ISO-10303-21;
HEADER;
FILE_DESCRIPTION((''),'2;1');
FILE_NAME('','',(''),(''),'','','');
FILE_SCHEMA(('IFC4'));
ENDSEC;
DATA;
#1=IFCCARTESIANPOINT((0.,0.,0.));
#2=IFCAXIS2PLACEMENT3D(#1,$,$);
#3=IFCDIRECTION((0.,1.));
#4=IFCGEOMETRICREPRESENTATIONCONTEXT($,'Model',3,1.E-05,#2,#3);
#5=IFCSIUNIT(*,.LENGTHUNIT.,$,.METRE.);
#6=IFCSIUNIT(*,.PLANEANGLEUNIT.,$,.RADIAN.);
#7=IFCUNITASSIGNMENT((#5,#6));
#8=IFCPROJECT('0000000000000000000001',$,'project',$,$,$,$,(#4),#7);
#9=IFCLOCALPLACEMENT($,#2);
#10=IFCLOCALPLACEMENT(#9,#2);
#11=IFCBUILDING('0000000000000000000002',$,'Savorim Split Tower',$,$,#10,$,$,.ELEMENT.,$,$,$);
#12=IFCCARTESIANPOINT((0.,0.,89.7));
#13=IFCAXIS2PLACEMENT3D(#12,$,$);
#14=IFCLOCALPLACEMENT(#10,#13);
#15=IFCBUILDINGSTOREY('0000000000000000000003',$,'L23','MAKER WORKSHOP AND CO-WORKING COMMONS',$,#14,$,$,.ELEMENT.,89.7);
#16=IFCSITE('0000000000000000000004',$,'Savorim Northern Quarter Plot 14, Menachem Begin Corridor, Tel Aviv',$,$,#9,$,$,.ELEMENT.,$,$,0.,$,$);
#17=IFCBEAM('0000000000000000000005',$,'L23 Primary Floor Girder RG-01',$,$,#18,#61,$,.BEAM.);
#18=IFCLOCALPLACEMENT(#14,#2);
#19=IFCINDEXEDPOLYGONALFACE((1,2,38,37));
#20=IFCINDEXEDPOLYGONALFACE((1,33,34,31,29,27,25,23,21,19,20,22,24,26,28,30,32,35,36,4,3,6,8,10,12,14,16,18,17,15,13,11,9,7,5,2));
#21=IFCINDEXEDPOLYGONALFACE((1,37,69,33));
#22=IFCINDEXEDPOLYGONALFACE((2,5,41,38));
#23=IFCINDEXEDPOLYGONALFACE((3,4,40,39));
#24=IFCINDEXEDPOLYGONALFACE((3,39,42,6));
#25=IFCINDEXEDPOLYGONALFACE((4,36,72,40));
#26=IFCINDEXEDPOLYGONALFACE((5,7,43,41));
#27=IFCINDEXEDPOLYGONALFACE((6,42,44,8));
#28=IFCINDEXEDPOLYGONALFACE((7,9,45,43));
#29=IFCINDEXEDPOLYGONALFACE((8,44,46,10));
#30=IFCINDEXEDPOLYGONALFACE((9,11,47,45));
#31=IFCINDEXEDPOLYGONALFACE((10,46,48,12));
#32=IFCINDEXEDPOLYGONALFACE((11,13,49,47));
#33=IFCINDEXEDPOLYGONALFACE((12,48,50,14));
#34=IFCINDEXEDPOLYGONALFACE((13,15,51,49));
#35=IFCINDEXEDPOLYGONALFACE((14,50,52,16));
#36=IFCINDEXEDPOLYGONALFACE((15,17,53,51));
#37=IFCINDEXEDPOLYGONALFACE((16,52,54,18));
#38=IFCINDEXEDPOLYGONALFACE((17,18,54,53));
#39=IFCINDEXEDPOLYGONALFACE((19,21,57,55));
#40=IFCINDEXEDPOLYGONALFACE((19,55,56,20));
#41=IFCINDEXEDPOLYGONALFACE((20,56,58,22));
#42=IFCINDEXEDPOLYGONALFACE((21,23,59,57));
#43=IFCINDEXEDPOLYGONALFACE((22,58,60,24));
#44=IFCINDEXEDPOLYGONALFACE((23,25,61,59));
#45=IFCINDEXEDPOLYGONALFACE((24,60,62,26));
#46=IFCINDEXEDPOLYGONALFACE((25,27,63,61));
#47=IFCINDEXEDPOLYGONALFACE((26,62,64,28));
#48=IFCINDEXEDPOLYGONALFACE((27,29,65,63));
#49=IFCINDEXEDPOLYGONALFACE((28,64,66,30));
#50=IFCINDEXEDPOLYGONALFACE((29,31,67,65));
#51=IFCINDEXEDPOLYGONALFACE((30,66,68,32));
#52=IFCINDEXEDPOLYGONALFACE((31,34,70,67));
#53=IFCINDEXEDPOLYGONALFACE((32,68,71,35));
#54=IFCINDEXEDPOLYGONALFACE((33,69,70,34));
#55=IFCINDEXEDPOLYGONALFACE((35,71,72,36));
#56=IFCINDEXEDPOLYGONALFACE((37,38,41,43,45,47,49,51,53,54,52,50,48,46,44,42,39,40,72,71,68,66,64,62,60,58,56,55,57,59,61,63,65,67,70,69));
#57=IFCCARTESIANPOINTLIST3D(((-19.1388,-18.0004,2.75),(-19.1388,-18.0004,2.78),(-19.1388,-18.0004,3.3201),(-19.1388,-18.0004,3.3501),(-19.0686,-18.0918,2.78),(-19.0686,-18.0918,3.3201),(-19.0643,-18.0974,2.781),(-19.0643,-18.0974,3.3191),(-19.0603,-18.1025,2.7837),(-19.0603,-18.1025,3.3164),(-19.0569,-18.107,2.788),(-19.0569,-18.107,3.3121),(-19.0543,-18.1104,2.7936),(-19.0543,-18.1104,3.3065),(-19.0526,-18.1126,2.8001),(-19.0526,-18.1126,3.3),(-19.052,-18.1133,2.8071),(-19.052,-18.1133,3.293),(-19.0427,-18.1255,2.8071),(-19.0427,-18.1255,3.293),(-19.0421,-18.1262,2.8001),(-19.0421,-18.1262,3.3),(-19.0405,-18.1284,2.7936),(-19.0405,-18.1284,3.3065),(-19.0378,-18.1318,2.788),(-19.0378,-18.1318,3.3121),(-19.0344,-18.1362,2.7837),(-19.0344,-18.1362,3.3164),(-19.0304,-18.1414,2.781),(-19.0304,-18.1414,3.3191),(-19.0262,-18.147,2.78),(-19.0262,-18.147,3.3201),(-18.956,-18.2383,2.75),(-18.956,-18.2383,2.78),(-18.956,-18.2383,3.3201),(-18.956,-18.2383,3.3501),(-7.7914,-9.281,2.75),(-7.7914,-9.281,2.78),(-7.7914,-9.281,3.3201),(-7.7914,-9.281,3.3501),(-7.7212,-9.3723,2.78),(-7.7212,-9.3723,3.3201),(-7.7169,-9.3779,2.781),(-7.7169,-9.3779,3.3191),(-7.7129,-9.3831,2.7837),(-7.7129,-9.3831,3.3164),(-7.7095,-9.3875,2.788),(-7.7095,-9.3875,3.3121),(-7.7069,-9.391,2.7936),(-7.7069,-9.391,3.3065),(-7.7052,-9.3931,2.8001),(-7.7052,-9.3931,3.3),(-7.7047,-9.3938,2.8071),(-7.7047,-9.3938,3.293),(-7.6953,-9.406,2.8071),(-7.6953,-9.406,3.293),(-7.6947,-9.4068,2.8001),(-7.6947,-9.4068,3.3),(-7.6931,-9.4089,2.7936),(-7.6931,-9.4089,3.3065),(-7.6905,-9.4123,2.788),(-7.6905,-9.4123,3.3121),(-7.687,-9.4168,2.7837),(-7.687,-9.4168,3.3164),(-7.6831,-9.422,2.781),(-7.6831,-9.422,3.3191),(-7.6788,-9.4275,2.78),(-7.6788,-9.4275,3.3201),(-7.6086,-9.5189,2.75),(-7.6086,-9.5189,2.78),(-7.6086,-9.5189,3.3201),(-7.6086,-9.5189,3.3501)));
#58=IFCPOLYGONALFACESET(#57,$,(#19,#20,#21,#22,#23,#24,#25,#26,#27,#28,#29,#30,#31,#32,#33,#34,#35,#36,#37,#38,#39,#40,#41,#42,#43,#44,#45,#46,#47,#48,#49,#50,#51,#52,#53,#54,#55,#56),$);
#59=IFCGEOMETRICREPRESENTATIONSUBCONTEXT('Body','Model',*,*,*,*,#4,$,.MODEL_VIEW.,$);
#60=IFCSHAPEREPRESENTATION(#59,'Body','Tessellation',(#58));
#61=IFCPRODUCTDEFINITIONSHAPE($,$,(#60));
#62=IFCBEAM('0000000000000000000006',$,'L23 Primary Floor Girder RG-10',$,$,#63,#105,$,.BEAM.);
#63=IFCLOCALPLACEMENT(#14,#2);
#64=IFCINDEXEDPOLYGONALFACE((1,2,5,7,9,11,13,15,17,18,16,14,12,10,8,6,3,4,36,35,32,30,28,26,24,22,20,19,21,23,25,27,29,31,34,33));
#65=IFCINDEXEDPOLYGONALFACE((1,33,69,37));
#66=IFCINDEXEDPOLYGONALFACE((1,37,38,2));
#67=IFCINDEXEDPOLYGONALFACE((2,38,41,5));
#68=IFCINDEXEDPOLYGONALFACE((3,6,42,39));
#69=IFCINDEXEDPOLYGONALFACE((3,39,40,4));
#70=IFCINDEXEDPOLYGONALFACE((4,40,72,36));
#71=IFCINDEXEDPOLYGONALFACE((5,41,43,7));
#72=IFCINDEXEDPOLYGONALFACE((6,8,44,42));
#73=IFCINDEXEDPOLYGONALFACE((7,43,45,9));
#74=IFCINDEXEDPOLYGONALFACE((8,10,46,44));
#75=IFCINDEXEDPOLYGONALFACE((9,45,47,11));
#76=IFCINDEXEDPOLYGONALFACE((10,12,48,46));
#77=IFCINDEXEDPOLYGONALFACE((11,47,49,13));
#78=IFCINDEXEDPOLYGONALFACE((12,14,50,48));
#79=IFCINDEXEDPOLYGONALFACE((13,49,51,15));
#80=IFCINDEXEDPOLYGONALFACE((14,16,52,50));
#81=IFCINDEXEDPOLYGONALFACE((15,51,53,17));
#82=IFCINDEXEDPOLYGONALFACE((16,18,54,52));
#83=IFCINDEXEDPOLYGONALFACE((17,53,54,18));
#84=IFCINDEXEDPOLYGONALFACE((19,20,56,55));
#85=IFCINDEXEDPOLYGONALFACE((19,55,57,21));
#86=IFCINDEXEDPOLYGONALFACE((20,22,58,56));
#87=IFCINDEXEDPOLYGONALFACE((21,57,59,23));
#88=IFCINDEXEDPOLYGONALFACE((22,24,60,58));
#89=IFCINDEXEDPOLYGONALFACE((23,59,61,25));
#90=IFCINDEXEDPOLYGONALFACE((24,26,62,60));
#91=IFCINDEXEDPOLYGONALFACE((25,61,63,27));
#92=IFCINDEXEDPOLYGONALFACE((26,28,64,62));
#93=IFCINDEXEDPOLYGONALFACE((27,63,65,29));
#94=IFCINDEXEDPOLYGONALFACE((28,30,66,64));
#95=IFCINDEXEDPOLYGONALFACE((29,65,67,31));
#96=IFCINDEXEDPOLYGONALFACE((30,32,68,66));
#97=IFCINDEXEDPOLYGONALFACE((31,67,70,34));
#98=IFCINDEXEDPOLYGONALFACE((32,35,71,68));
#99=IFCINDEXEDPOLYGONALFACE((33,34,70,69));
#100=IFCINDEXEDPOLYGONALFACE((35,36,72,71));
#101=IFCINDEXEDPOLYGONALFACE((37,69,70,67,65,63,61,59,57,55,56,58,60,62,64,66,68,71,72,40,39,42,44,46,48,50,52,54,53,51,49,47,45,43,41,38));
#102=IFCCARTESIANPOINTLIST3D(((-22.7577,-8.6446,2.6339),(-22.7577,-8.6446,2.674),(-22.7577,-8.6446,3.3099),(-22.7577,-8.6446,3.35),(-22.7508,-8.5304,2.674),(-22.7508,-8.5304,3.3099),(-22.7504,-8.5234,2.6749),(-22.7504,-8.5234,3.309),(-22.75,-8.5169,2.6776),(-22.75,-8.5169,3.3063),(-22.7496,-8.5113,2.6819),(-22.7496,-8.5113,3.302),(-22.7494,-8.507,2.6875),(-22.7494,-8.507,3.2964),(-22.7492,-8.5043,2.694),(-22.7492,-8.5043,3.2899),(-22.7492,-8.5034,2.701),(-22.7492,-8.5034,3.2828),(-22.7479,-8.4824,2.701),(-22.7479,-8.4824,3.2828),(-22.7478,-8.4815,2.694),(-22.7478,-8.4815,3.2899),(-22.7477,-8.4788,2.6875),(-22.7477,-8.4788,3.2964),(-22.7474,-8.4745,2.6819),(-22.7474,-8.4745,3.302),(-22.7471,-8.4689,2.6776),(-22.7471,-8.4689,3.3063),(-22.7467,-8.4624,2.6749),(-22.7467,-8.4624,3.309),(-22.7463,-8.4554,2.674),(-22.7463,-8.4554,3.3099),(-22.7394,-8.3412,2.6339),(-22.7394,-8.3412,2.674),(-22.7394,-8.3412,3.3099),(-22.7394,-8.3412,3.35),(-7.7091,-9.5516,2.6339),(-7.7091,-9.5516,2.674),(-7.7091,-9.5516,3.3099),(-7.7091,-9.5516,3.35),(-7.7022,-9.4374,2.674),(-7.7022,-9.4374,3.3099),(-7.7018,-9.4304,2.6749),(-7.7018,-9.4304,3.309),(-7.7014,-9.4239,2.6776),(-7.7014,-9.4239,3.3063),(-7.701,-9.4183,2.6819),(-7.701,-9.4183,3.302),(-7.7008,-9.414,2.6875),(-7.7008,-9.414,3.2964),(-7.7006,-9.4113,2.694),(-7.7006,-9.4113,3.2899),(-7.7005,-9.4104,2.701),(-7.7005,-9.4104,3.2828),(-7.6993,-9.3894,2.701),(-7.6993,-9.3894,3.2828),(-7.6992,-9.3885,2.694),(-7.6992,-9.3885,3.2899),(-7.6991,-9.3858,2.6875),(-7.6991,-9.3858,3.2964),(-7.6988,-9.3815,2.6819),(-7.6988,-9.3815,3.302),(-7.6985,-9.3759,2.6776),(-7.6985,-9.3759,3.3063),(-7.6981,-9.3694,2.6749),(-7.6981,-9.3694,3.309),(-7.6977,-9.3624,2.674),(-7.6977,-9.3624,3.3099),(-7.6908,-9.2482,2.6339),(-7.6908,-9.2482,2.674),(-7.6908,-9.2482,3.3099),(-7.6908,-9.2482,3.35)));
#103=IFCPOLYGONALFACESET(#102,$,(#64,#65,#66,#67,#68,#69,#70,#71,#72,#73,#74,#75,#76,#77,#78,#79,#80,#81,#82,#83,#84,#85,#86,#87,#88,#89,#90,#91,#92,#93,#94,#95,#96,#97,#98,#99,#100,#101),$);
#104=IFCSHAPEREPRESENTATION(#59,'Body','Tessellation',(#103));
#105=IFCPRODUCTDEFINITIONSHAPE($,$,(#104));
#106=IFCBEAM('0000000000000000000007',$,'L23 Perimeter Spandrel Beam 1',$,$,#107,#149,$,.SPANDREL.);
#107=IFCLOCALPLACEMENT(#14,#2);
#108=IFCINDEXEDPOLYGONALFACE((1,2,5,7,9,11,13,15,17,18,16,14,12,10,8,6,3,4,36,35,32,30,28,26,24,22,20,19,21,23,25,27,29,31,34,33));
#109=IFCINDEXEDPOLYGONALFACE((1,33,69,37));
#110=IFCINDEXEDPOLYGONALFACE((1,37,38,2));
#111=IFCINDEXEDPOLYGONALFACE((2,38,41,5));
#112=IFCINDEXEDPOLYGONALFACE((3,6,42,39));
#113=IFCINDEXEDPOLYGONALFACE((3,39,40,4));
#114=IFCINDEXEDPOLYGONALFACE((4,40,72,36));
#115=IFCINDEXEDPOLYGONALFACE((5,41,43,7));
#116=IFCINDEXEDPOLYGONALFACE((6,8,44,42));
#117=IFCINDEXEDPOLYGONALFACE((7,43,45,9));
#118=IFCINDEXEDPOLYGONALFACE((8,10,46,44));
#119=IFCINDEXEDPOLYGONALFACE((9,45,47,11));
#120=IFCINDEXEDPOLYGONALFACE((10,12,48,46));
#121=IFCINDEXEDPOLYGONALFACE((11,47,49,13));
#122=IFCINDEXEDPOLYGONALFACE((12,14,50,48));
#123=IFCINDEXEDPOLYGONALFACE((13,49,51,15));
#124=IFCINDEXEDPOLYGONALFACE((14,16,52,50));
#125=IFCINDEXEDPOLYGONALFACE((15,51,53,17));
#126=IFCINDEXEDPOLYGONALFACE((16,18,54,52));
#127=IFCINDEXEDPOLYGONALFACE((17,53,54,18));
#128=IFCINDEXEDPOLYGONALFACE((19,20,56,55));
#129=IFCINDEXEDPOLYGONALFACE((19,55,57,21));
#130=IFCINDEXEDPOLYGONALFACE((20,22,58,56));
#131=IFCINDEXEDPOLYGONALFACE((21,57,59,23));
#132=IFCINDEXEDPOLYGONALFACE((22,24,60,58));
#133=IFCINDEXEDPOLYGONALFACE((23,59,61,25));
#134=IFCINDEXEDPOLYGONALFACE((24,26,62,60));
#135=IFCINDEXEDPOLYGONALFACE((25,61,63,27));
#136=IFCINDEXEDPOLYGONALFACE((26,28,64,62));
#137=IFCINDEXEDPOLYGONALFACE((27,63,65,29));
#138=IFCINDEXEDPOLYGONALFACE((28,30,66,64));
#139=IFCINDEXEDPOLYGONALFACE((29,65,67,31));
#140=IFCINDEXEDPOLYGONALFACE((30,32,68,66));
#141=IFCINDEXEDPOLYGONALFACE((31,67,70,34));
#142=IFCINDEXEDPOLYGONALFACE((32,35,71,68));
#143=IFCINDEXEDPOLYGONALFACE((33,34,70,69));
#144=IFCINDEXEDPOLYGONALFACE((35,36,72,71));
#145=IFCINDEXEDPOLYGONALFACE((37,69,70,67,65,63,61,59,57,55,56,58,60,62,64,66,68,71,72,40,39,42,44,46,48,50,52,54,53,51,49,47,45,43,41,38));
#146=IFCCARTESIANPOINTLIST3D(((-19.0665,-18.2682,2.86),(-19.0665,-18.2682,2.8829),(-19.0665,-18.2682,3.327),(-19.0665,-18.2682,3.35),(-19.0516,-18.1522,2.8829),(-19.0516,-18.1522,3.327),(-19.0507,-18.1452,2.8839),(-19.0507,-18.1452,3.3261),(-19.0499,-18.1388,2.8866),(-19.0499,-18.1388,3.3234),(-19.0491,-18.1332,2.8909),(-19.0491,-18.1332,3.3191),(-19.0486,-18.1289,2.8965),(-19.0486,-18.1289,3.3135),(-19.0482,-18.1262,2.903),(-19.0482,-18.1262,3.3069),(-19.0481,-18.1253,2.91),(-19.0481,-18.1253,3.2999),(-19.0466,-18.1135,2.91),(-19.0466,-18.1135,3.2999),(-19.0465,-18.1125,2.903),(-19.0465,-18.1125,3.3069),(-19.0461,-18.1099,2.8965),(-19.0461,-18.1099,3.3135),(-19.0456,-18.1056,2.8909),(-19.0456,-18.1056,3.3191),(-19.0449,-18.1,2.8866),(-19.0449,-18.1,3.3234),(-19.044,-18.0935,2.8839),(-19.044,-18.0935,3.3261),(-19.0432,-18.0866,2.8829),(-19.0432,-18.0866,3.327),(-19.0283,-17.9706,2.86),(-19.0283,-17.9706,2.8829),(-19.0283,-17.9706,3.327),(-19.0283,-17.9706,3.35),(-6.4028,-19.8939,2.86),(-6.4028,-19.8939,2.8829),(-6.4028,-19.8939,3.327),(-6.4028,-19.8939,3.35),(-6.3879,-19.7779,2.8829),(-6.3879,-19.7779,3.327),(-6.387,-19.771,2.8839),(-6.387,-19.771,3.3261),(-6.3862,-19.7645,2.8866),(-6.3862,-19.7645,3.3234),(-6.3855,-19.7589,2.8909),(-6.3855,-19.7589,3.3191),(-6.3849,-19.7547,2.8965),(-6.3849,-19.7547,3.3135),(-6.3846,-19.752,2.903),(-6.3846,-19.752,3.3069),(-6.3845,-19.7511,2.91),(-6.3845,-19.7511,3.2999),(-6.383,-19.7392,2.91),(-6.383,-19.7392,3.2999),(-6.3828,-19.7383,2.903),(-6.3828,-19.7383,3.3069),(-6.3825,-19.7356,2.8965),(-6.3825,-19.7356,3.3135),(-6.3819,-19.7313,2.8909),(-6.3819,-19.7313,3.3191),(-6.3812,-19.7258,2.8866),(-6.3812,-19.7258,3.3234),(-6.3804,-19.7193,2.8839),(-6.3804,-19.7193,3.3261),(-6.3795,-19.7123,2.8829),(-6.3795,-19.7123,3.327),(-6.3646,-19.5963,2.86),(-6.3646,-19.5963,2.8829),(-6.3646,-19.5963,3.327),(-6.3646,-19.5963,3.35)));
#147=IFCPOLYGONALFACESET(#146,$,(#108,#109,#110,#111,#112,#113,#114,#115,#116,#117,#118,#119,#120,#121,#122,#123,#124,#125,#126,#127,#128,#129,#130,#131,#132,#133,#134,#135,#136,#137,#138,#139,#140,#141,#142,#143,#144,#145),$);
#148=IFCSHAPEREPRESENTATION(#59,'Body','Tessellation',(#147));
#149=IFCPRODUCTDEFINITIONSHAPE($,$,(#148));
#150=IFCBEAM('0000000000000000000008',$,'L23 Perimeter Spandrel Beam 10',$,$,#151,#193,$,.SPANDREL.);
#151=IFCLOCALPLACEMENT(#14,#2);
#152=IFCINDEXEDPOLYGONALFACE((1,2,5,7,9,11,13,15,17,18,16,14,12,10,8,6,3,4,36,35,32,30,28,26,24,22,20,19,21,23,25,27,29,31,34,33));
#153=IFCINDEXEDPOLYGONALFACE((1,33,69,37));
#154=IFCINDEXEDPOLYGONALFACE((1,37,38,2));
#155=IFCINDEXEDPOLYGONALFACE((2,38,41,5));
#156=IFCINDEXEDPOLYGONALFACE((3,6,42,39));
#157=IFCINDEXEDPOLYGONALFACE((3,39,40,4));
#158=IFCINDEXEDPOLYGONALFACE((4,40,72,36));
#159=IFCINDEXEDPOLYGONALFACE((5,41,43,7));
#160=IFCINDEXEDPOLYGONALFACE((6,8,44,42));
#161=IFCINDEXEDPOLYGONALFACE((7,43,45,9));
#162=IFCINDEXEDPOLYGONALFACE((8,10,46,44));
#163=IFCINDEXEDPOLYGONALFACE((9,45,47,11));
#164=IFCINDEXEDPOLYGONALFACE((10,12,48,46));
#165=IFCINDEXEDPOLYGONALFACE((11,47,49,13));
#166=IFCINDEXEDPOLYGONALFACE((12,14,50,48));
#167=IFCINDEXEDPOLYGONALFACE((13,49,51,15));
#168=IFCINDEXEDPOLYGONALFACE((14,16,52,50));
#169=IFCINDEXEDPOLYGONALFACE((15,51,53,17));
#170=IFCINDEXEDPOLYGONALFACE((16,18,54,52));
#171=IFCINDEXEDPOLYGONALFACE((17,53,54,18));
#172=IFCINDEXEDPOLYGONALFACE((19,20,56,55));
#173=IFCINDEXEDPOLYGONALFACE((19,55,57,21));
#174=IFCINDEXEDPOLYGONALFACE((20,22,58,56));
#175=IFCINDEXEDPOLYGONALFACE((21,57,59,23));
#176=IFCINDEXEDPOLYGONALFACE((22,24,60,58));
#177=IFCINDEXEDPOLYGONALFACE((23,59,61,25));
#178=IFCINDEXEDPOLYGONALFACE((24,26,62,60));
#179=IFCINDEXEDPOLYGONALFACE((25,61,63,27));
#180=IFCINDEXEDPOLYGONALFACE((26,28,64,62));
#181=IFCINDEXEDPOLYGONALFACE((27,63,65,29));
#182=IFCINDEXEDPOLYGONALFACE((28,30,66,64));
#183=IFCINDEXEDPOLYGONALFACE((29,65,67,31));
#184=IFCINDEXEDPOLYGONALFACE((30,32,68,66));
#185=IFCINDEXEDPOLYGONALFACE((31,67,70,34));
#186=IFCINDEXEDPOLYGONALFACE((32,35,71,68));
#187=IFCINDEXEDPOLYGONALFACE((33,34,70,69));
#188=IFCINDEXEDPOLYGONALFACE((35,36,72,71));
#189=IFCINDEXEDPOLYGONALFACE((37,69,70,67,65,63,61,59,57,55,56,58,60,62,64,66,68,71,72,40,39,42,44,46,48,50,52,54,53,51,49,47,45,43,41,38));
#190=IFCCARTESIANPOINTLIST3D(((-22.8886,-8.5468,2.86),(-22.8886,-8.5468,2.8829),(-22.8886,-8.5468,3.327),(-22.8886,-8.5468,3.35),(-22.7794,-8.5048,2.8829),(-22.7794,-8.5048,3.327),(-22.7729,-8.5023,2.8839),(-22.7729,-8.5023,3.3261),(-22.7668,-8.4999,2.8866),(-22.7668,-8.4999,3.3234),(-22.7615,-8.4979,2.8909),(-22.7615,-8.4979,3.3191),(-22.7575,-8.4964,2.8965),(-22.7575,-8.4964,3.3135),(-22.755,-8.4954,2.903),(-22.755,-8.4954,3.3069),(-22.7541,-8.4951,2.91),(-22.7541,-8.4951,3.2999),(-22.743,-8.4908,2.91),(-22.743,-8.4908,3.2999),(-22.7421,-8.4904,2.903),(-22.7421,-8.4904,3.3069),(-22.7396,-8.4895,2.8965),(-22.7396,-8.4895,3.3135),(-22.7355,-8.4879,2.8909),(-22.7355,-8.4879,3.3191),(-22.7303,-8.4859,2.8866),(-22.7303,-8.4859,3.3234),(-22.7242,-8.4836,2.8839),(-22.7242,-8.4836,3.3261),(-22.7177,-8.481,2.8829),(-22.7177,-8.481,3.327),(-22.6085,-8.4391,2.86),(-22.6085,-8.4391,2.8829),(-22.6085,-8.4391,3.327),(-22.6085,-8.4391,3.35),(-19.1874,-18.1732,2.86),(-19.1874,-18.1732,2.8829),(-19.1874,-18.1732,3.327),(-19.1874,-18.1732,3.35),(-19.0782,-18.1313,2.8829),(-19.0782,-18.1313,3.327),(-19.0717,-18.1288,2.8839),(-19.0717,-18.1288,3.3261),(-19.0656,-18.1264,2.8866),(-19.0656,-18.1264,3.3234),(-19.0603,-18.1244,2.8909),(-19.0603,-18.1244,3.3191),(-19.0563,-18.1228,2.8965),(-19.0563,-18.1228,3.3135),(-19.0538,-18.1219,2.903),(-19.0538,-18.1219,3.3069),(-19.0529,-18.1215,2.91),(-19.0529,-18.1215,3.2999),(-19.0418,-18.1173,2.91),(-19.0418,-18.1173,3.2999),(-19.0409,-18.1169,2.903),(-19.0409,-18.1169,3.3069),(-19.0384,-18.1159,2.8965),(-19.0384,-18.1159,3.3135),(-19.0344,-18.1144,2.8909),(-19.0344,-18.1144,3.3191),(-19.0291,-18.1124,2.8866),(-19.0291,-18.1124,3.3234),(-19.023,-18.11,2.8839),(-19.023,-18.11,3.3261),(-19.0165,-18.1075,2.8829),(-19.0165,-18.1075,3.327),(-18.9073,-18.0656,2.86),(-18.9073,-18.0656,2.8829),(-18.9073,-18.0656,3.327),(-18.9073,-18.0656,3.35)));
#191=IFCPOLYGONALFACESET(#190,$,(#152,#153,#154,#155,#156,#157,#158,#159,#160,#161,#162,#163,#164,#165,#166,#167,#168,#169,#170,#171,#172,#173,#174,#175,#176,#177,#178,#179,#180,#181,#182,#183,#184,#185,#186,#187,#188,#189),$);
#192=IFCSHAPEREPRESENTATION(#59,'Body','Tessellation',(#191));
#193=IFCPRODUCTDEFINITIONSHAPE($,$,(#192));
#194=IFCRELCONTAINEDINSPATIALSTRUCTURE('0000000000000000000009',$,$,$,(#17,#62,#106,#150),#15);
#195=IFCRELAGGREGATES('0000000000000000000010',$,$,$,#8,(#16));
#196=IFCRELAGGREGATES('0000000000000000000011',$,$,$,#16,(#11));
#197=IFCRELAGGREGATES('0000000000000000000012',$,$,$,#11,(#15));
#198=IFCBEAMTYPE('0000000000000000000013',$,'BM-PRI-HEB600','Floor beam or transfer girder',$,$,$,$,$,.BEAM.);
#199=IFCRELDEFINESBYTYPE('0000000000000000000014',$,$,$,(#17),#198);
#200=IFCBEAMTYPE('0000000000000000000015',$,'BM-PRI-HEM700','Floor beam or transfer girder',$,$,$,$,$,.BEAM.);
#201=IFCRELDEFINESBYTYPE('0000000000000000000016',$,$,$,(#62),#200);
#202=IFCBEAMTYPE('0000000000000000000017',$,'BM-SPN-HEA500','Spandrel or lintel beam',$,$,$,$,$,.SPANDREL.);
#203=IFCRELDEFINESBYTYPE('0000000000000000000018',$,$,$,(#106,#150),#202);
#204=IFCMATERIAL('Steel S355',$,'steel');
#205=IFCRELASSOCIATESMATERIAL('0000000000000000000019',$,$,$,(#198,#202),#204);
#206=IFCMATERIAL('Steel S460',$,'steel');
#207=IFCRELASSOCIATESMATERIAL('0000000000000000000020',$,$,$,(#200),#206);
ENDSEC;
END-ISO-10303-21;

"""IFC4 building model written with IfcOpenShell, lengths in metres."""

from ifc_helpers import new_model, si_unit, direction, frame, origin, origin_2d, place, context, subcontext, project, spatial, i_section, extrude, material, material_profile, profile_set, type_object, element, save


model = new_model("IFC4")

# Units and contexts
model_context = context("Model", 3, precision=1e-05, world=origin(), true_north=direction((0.0, 1.0)))
body_context = subcontext(model_context, "Body", "Model", "MODEL_VIEW")
ifc_project = project(units=[si_unit("LENGTHUNIT", "METRE"), si_unit("PLANEANGLEUNIT", "RADIAN")], contexts=[model_context])

# Site, building, storey
site_placement = place(None, origin())
site = spatial("IfcSite", under=ifc_project, at=site_placement, Name="Savorim Northern Quarter Plot 14, Menachem Begin Corridor, Tel Aviv", CompositionType="ELEMENT", RefElevation=0.0)
building_placement = place(site_placement, origin())
building = spatial("IfcBuilding", under=site, at=building_placement, Name="Savorim Split Tower", CompositionType="ELEMENT")
storey_placement = place(building_placement, frame((0.0, 0.0, 89.7)))
storey = spatial("IfcBuildingStorey", under=building, at=storey_placement, Name="L23", Description="MAKER WORKSHOP AND CO-WORKING COMMONS", CompositionType="ELEMENT", Elevation=89.7)

# Shared definitions
ifc_material_1 = material(Name="Steel S460", Category="steel")

# Beams
ifc_material_2 = material(Name="Steel S355", Category="steel")
ifc_material_profile_1 = material_profile(ifc_material_2, i_section(OverallWidth=0.3, OverallDepth=0.6001, WebThickness=0.0154, FlangeThickness=0.03, FilletRadius=0.0271, at=origin_2d()), Name="HEB 600")
ifc_profile_set_1 = profile_set([ifc_material_profile_1], Name="Steel S355")
beam_type_1 = type_object("IfcBeamType", Name="BM-PRI-HEB600", Description="Floor beam or transfer girder", PredefinedType="BEAM", material=ifc_profile_set_1)
beam_1_placement = place(storey_placement, frame((-19.0474, -18.1194, 3.05), z_axis=(0.792938, 0.609303, 0.0), x_axis=(-0.609303, 0.792938, 0.0)))
element("IfcBeam", 1, at=beam_1_placement, inside=storey, type_object=beam_type_1, Name="L23 Primary Floor Girder RG-01", PredefinedType="BEAM", context=body_context, shape_type="SweptSolid", body=[
    extrude(i_section(OverallWidth=0.3, OverallDepth=0.6001, WebThickness=0.0154, FlangeThickness=0.03, FilletRadius=0.0271, at=origin_2d()), origin(), (0.0, 0.0, 1.0), 14.3105),
])
ifc_material_profile_2 = material_profile(ifc_material_1, i_section(OverallWidth=0.304, OverallDepth=0.7161, WebThickness=0.021, FlangeThickness=0.04, FilletRadius=0.0271, at=origin_2d()), Name="HE 700 M")
ifc_profile_set_2 = profile_set([ifc_material_profile_2], Name="Steel S460")
beam_type_2 = type_object("IfcBeamType", Name="BM-PRI-HEM700", Description="Floor beam or transfer girder", PredefinedType="BEAM", material=ifc_profile_set_2)
beam_2_placement = place(storey_placement, frame((-22.7485, -8.4929, 2.9919), z_axis=(0.998189, -0.060161, 0.0), x_axis=(0.060161, 0.998189, 0.0)))
element("IfcBeam", 2, at=beam_2_placement, inside=storey, type_object=beam_type_2, Name="L23 Primary Floor Girder RG-10", PredefinedType="BEAM", context=body_context, shape_type="SweptSolid", body=[
    extrude(i_section(OverallWidth=0.304, OverallDepth=0.7161, WebThickness=0.021, FlangeThickness=0.04, FilletRadius=0.0271, at=origin_2d()), origin(), (0.0, 0.0, 1.0), 15.0759),
])
ifc_material_profile_3 = material_profile(ifc_material_2, i_section(OverallWidth=0.3, OverallDepth=0.49, WebThickness=0.012, FlangeThickness=0.0229, FilletRadius=0.0271, at=origin_2d()), Name="HEA 500")
ifc_profile_set_3 = profile_set([ifc_material_profile_3], Name="Steel S355")
beam_type_3 = type_object("IfcBeamType", Name="BM-SPN-HEA500", Description="Spandrel or lintel beam", PredefinedType="SPANDREL", material=ifc_profile_set_3)
beam_3_placement = place(storey_placement, frame((-19.0474, -18.1194, 3.105), z_axis=(0.99186, -0.127334, 0.0), x_axis=(0.127334, 0.99186, 0.0)))
element("IfcBeam", 3, at=beam_3_placement, inside=storey, type_object=beam_type_3, Name="L23 Perimeter Spandrel Beam 1", PredefinedType="SPANDREL", context=body_context, shape_type="SweptSolid", body=[
    extrude(i_section(OverallWidth=0.3, OverallDepth=0.49, WebThickness=0.012, FlangeThickness=0.0229, FilletRadius=0.0271, at=origin_2d()), origin(), (0.0, 0.0, 1.0), 12.7676),
])
beam_4_placement = place(storey_placement, frame((-22.7485, -8.4929, 3.105), z_axis=(0.358868, -0.933388, 0.0), x_axis=(0.933388, 0.358868, 0.0)))
element("IfcBeam", 4, at=beam_4_placement, inside=storey, type_object=beam_type_3, Name="L23 Perimeter Spandrel Beam 10", PredefinedType="SPANDREL", context=body_context, shape_type="SweptSolid", body=[
    extrude(i_section(OverallWidth=0.3, OverallDepth=0.49, WebThickness=0.012, FlangeThickness=0.0229, FilletRadius=0.0271, at=origin_2d()), origin(), (0.0, 0.0, 1.0), 10.3135),
])

save(model, "model.ifc")
